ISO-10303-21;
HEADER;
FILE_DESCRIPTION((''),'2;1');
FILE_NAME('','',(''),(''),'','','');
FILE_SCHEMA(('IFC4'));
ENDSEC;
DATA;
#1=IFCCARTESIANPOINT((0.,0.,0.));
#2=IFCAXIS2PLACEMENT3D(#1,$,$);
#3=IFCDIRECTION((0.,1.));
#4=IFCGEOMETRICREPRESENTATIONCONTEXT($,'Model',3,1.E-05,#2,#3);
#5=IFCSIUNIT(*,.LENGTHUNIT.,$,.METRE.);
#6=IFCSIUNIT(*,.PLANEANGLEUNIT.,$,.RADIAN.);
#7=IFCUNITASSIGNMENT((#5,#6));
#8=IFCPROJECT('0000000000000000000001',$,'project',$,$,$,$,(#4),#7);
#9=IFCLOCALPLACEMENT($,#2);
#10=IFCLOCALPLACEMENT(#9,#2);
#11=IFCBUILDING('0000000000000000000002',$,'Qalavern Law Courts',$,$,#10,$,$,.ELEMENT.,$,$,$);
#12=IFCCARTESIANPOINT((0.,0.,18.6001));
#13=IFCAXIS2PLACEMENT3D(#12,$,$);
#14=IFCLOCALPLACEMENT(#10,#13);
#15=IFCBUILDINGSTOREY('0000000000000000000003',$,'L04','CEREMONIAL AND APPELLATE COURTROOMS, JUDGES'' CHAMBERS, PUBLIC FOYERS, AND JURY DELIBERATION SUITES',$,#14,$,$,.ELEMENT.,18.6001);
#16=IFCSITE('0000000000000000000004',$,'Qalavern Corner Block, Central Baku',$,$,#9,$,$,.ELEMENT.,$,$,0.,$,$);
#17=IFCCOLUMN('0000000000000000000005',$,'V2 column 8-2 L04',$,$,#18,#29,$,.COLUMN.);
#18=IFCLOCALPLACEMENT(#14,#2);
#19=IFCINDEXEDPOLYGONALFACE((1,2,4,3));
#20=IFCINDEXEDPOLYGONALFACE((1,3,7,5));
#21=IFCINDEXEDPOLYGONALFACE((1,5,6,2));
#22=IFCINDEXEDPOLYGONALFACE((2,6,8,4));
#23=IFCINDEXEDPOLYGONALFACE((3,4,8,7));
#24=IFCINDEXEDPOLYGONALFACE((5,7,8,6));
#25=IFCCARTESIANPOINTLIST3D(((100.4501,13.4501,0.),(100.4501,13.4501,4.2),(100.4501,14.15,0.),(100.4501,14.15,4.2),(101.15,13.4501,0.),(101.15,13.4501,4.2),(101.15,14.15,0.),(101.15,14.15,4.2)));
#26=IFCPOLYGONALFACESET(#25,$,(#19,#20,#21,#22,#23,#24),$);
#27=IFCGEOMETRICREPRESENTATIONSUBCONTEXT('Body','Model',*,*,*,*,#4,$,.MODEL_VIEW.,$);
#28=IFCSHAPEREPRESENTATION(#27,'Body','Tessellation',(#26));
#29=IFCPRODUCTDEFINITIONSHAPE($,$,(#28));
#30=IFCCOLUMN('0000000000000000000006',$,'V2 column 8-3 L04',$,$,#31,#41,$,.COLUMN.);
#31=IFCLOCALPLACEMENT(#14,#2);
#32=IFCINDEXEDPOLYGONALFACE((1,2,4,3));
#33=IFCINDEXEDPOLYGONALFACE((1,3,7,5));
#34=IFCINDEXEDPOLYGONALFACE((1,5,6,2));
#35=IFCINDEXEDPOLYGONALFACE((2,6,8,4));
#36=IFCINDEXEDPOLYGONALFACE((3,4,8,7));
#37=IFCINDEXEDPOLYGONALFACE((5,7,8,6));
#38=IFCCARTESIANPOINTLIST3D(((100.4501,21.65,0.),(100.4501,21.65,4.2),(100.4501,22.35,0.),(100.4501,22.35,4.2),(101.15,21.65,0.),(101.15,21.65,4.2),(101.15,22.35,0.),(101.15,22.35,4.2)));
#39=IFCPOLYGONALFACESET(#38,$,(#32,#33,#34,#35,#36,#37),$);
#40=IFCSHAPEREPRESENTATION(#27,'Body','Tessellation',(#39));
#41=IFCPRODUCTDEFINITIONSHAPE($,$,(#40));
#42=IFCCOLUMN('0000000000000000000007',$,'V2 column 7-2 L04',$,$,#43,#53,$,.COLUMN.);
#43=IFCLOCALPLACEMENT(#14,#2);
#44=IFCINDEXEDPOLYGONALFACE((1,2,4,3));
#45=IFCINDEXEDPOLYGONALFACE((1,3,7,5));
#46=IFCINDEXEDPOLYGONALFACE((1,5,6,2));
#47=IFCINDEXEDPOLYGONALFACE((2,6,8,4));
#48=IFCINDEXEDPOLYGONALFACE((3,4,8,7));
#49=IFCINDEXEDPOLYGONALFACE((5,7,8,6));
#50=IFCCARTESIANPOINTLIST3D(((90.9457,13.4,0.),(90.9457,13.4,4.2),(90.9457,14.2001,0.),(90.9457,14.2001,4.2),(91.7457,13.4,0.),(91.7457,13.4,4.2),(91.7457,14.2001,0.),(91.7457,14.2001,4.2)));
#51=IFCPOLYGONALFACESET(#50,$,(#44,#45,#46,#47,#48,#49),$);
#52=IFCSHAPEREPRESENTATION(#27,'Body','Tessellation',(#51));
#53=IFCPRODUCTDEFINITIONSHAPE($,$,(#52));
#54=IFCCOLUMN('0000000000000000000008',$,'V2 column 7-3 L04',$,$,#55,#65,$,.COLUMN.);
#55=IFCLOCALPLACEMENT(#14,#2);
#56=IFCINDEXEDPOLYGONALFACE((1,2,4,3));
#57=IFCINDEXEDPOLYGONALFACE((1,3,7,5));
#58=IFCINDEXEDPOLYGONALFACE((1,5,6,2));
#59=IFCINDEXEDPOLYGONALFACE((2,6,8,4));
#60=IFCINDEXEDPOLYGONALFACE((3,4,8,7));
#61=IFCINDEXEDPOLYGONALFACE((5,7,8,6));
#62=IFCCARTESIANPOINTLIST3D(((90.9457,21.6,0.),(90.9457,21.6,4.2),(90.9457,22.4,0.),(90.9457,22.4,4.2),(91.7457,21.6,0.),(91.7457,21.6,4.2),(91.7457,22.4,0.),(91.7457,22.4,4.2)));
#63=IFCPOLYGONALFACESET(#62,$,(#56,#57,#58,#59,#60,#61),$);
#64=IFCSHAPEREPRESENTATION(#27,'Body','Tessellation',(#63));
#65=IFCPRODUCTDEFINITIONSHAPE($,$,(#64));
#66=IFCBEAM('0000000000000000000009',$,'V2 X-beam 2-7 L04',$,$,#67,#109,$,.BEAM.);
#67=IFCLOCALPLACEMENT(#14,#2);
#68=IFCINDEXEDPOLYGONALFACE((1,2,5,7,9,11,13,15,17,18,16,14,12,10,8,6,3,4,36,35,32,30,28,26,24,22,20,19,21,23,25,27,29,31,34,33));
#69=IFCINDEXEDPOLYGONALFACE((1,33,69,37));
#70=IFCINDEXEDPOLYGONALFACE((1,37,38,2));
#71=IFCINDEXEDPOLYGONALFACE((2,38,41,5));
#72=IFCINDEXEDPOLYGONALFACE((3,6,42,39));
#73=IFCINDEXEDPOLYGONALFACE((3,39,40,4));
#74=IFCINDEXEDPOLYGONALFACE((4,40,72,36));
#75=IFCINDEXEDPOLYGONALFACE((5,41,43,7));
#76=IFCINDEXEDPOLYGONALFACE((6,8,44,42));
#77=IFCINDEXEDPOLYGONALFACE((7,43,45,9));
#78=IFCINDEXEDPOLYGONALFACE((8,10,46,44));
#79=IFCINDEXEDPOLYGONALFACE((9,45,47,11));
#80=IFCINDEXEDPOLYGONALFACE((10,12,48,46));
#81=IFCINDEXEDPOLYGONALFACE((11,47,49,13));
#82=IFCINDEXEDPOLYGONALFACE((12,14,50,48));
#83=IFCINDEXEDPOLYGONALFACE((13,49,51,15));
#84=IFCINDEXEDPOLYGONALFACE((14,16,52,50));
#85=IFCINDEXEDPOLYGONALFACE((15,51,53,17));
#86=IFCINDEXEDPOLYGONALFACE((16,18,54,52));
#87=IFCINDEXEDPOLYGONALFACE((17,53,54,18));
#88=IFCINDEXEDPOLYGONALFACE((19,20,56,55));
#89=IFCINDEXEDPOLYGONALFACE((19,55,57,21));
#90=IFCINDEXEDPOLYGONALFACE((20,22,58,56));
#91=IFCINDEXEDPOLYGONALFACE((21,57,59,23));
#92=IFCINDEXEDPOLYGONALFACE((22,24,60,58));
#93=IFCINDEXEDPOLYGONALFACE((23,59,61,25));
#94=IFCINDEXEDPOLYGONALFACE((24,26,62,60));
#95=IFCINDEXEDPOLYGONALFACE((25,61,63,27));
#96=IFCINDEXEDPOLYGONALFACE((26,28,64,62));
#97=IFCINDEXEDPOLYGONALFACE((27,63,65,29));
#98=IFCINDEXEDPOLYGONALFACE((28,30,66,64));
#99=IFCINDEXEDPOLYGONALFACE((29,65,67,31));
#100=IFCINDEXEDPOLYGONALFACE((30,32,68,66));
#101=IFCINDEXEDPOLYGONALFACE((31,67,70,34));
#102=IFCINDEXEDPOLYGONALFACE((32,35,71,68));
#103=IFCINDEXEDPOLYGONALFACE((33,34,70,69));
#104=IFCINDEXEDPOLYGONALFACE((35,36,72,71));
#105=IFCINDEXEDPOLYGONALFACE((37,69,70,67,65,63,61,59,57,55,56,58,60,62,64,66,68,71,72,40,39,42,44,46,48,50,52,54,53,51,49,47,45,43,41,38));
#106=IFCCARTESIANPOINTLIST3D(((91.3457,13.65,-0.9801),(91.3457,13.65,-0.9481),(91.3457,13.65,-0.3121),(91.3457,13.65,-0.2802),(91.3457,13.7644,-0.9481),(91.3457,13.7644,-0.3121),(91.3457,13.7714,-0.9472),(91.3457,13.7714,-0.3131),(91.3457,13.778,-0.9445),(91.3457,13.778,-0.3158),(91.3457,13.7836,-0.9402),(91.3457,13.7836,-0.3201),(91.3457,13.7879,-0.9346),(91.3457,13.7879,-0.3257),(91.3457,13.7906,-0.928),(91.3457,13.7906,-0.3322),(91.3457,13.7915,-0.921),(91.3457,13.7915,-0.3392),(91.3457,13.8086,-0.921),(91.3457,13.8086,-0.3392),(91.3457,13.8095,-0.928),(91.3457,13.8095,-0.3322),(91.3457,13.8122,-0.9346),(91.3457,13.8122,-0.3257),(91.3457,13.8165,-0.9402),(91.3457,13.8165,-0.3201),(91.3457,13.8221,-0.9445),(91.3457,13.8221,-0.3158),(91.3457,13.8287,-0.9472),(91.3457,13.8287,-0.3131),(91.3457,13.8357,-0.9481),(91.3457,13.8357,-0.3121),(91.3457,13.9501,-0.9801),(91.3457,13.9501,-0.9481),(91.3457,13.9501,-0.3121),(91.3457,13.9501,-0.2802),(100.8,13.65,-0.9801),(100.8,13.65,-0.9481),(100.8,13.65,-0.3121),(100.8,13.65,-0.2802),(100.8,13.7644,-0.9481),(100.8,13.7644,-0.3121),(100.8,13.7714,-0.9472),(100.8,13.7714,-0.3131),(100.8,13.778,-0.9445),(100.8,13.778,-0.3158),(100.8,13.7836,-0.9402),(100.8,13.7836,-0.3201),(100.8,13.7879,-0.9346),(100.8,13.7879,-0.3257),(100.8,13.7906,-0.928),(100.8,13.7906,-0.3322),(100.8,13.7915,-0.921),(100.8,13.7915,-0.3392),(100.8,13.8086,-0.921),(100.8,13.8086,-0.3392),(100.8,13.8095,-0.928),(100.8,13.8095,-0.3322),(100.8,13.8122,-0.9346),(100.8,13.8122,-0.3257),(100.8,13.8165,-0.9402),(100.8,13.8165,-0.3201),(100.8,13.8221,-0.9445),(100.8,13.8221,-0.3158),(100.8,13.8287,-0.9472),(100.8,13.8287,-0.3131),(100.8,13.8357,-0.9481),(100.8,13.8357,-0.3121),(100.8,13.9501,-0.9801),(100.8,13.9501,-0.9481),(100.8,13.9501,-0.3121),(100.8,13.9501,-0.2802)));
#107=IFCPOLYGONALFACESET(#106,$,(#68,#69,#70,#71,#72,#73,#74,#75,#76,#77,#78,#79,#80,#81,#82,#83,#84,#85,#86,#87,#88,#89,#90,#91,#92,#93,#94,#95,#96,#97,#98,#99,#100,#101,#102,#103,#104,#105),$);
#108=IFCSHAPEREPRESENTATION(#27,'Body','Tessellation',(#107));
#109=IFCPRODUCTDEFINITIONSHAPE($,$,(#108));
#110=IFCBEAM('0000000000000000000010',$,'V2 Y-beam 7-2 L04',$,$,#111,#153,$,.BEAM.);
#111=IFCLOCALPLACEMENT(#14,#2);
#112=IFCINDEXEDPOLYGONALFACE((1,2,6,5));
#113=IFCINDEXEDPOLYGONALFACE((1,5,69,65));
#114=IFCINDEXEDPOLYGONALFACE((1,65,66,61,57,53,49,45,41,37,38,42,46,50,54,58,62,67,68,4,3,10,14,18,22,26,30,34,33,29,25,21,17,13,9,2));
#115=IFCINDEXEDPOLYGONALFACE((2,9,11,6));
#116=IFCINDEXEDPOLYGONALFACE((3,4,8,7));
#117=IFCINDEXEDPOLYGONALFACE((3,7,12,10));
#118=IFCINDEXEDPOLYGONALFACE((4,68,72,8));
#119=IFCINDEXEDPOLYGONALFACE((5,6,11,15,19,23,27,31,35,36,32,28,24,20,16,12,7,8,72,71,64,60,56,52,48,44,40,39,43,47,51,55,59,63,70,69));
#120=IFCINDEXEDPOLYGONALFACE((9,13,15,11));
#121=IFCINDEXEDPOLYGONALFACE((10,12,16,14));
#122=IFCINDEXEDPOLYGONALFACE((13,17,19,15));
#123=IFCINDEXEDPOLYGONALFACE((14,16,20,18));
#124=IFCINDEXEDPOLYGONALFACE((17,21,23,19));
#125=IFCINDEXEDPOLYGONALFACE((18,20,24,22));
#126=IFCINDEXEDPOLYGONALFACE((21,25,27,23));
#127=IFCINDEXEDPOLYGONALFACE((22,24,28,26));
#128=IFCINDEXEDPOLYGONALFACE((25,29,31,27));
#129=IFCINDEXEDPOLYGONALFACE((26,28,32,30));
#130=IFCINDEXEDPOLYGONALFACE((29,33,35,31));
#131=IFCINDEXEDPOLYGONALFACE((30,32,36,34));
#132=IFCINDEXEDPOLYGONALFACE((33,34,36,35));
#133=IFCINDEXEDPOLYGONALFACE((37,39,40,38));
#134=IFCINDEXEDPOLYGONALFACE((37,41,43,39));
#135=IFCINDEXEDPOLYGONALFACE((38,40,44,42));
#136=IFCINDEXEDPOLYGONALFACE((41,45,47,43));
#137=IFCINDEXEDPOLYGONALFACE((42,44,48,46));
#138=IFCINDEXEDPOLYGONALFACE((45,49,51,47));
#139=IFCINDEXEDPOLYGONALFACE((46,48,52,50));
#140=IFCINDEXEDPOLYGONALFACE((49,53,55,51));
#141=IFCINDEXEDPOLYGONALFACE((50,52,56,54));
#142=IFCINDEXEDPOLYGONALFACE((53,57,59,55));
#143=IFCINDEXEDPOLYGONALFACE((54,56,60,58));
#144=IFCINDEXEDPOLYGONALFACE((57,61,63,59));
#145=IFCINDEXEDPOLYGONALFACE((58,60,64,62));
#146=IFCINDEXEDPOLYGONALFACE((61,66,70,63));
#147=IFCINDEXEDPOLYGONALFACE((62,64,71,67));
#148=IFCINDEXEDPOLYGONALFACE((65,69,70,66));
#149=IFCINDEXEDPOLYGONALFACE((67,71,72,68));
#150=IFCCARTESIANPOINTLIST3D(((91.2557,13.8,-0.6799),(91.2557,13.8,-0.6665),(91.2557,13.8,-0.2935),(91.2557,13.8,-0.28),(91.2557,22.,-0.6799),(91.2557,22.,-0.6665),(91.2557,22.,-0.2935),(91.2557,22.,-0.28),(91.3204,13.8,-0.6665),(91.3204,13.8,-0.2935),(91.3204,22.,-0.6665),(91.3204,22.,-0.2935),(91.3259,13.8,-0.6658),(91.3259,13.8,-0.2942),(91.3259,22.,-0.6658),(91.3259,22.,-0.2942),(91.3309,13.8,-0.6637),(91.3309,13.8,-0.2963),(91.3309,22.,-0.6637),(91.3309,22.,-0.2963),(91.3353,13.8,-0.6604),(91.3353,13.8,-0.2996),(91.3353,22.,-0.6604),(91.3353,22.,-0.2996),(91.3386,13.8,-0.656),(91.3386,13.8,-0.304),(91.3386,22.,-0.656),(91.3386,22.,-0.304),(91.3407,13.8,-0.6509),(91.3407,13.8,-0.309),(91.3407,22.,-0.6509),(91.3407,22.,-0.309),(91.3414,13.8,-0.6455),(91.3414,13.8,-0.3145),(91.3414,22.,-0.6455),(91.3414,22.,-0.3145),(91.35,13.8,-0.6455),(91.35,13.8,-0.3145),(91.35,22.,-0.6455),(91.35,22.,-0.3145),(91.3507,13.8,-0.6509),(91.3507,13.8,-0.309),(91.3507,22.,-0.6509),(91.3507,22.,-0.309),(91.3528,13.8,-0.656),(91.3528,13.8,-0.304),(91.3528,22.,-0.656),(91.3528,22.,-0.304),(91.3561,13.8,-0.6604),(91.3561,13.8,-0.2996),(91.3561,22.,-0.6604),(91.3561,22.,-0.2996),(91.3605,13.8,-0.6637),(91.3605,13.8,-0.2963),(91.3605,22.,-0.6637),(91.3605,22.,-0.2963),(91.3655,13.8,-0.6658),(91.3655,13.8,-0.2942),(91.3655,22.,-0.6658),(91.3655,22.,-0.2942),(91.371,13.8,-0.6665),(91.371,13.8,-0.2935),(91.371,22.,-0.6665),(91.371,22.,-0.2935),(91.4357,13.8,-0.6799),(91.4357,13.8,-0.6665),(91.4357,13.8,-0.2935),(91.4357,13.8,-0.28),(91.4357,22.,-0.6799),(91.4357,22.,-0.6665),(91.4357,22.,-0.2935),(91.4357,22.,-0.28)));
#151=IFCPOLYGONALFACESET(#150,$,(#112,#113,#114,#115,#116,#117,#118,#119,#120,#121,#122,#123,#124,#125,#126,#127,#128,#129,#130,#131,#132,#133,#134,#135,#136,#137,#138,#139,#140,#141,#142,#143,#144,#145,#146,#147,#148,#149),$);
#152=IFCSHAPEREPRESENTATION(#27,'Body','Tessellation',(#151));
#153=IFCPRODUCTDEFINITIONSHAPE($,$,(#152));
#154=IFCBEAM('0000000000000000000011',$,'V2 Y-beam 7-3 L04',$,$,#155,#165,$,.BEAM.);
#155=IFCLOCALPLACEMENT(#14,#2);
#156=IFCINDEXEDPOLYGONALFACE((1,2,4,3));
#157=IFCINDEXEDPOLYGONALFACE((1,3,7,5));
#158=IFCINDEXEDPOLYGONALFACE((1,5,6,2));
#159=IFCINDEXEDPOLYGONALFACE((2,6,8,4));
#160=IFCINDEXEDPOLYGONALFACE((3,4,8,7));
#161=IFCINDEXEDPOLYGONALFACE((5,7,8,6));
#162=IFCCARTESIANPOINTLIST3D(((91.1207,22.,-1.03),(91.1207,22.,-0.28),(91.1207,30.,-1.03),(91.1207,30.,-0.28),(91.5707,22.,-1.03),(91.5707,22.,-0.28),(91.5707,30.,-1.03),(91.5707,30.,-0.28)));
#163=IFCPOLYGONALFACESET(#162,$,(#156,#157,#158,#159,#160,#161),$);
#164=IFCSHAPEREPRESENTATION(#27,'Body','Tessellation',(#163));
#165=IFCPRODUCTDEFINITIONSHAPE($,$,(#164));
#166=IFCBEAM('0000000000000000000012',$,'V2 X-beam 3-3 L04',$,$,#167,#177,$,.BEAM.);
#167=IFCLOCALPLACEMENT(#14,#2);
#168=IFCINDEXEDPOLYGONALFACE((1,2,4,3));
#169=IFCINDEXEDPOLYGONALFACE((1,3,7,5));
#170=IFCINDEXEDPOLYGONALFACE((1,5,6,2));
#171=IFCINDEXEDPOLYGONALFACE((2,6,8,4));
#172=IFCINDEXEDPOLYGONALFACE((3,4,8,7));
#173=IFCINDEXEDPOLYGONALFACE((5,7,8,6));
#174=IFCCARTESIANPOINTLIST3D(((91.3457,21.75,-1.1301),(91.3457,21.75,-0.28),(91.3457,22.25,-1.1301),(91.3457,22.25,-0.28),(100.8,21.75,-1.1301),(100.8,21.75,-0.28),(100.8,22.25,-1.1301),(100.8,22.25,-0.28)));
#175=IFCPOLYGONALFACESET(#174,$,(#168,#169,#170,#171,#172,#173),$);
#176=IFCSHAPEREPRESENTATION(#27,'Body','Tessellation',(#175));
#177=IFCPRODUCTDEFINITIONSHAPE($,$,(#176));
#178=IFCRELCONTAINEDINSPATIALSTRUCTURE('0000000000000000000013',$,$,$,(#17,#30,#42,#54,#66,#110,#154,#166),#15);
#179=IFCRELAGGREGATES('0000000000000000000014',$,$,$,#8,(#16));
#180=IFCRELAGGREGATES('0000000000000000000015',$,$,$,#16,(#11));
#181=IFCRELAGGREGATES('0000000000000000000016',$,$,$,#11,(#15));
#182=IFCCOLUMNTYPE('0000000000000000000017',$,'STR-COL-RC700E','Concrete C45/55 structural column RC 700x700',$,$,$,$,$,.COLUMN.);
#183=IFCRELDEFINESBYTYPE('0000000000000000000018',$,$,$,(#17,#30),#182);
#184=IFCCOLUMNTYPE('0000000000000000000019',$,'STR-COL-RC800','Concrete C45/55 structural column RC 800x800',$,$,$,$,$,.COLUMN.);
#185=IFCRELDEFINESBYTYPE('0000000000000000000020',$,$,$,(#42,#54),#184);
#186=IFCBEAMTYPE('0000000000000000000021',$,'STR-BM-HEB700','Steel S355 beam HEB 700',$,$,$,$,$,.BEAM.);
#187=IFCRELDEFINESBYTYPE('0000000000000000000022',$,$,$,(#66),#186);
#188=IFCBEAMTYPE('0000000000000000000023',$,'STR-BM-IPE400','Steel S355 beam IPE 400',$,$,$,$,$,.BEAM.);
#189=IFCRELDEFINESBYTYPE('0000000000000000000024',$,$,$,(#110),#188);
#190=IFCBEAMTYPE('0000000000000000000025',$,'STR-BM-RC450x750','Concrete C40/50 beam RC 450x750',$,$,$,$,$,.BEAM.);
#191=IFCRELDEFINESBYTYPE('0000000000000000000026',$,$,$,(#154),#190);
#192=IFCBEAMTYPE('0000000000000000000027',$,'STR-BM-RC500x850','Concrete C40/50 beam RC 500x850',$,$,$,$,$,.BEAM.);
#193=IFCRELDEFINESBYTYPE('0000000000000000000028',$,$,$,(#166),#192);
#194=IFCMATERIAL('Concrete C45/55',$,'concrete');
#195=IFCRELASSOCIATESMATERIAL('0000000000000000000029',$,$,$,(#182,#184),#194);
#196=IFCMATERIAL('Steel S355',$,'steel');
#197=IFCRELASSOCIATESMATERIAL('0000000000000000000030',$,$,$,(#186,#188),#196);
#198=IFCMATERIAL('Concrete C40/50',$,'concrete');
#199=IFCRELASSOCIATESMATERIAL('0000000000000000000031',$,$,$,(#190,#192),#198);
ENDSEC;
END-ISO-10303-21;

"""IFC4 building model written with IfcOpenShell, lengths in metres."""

from ifc_helpers import new_model, si_unit, direction, frame, origin, origin_2d, place, context, subcontext, project, spatial, rectangle, i_section, extrude, material, material_profile, profile_set, type_object, element, save


model = new_model("IFC4")

# Units and contexts
model_context = context("Model", 3, precision=1e-05, world=origin(), true_north=direction((0.0, 1.0)))
body_context = subcontext(model_context, "Body", "Model", "MODEL_VIEW")
ifc_project = project(units=[si_unit("LENGTHUNIT", "METRE"), si_unit("PLANEANGLEUNIT", "RADIAN")], contexts=[model_context])

# Site, building, storey
site_placement = place(None, origin())
site = spatial("IfcSite", under=ifc_project, at=site_placement, Name="Qalavern Corner Block, Central Baku", CompositionType="ELEMENT", RefElevation=0.0)
building_placement = place(site_placement, origin())
building = spatial("IfcBuilding", under=site, at=building_placement, Name="Qalavern Law Courts", CompositionType="ELEMENT")
storey_placement = place(building_placement, frame((0.0, 0.0, 18.6001)))
storey = spatial("IfcBuildingStorey", under=building, at=storey_placement, Name="L04", Description="CEREMONIAL AND APPELLATE COURTROOMS, JUDGES' CHAMBERS, PUBLIC FOYERS, AND JURY DELIBERATION SUITES", CompositionType="ELEMENT", Elevation=18.6001)

# Columns
ifc_material_1 = material(Name="Concrete C45/55", Category="concrete")
ifc_material_profile_1 = material_profile(ifc_material_1, rectangle(XDim=0.7, YDim=0.7, at=origin_2d()), Name="RC 700x700")
ifc_profile_set_1 = profile_set([ifc_material_profile_1], Name="Concrete C45/55")
column_type_1 = type_object("IfcColumnType", Name="STR-COL-RC700E", Description="Concrete C45/55 structural column RC 700x700", PredefinedType="COLUMN", material=ifc_profile_set_1)
for number, where, z_axis, x_axis, name in (
    (1, (100.8, 13.8, 0.0), (0.0, 0.0, 1.0), (1.0, 0.0, 0.0), "V2 column 8-2 L04"),
    (2, (100.8, 22.0, 0.0), (0.0, 0.0, 1.0), (1.0, 0.0, 0.0), "V2 column 8-3 L04"),
):
    element("IfcColumn", number, at=place(storey_placement, frame(where, z_axis=z_axis, x_axis=x_axis)), inside=storey, type_object=column_type_1, Name=name, PredefinedType="COLUMN", context=body_context, shape_type="SweptSolid", body=[
        extrude(rectangle(XDim=0.7, YDim=0.7, at=origin_2d()), origin(), (0.0, 0.0, 1.0), 4.2),
    ])
ifc_material_profile_2 = material_profile(ifc_material_1, rectangle(XDim=0.8, YDim=0.8, at=origin_2d()), Name="RC 800x800")
ifc_profile_set_2 = profile_set([ifc_material_profile_2], Name="Concrete C45/55")
column_type_2 = type_object("IfcColumnType", Name="STR-COL-RC800", Description="Concrete C45/55 structural column RC 800x800", PredefinedType="COLUMN", material=ifc_profile_set_2)
for number, where, z_axis, x_axis, name in (
    (3, (91.3457, 13.8, 0.0), (0.0, 0.0, 1.0), (1.0, 0.0, 0.0), "V2 column 7-2 L04"),
    (4, (91.3457, 22.0, 0.0), (0.0, 0.0, 1.0), (1.0, 0.0, 0.0), "V2 column 7-3 L04"),
):
    element("IfcColumn", number, at=place(storey_placement, frame(where, z_axis=z_axis, x_axis=x_axis)), inside=storey, type_object=column_type_2, Name=name, PredefinedType="COLUMN", context=body_context, shape_type="SweptSolid", body=[
        extrude(rectangle(XDim=0.8, YDim=0.8, at=origin_2d()), origin(), (0.0, 0.0, 1.0), 4.2),
    ])

# Beams
ifc_material_2 = material(Name="Steel S355", Category="steel")
ifc_material_profile_3 = material_profile(ifc_material_2, i_section(OverallWidth=0.3, OverallDepth=0.7, WebThickness=0.0171, FlangeThickness=0.032, FilletRadius=0.0271, at=origin_2d()), Name="HEB 700")
ifc_profile_set_3 = profile_set([ifc_material_profile_3], Name="Steel S355")
beam_type_1 = type_object("IfcBeamType", Name="STR-BM-HEB700", Description="Steel S355 beam HEB 700", PredefinedType="BEAM", material=ifc_profile_set_3)
beam_1_placement = place(storey_placement, frame((91.3457, 13.8, -0.6301), z_axis=(1.0, 0.0, 0.0), x_axis=(0.0, 1.0, 0.0)))
element("IfcBeam", 5, at=beam_1_placement, inside=storey, type_object=beam_type_1, Name="V2 X-beam 2-7 L04", PredefinedType="BEAM", context=body_context, shape_type="SweptSolid", body=[
    extrude(i_section(OverallWidth=0.3, OverallDepth=0.7, WebThickness=0.0171, FlangeThickness=0.032, FilletRadius=0.0271, at=origin_2d()), origin(), (0.0, 0.0, 1.0), 9.4543),
])
ifc_material_profile_4 = material_profile(ifc_material_2, i_section(OverallWidth=0.1799, OverallDepth=0.3999, WebThickness=0.0085, FlangeThickness=0.0134, FilletRadius=0.021, at=origin_2d()), Name="IPE 400")
ifc_profile_set_4 = profile_set([ifc_material_profile_4], Name="Steel S355")
beam_type_2 = type_object("IfcBeamType", Name="STR-BM-IPE400", Description="Steel S355 beam IPE 400", PredefinedType="BEAM", material=ifc_profile_set_4)
beam_2_placement = place(storey_placement, frame((91.3457, 13.8, -0.48), z_axis=(0.0, 1.0, 0.0), x_axis=(-1.0, 0.0, 0.0)))
element("IfcBeam", 6, at=beam_2_placement, inside=storey, type_object=beam_type_2, Name="V2 Y-beam 7-2 L04", PredefinedType="BEAM", context=body_context, shape_type="SweptSolid", body=[
    extrude(i_section(OverallWidth=0.1799, OverallDepth=0.3999, WebThickness=0.0085, FlangeThickness=0.0134, FilletRadius=0.021, at=origin_2d()), origin(), (0.0, 0.0, 1.0), 8.2),
])
ifc_material_3 = material(Name="Concrete C40/50", Category="concrete")
ifc_material_profile_5 = material_profile(ifc_material_3, rectangle(XDim=0.45, YDim=0.75, at=origin_2d()), Name="RC 450x750")
ifc_profile_set_5 = profile_set([ifc_material_profile_5], Name="Concrete C40/50")
beam_type_3 = type_object("IfcBeamType", Name="STR-BM-RC450x750", Description="Concrete C40/50 beam RC 450x750", PredefinedType="BEAM", material=ifc_profile_set_5)
beam_3_placement = place(storey_placement, frame((91.3457, 22.0, -0.655), z_axis=(0.0, 1.0, 0.0), x_axis=(-1.0, 0.0, 0.0)))
element("IfcBeam", 7, at=beam_3_placement, inside=storey, type_object=beam_type_3, Name="V2 Y-beam 7-3 L04", PredefinedType="BEAM", context=body_context, shape_type="SweptSolid", body=[
    extrude(rectangle(XDim=0.45, YDim=0.75, at=origin_2d()), origin(), (0.0, 0.0, 1.0), 8.0),
])
ifc_material_profile_6 = material_profile(ifc_material_3, rectangle(XDim=0.5, YDim=0.8501, at=origin_2d()), Name="RC 500x850")
ifc_profile_set_6 = profile_set([ifc_material_profile_6], Name="Concrete C40/50")
beam_type_4 = type_object("IfcBeamType", Name="STR-BM-RC500x850", Description="Concrete C40/50 beam RC 500x850", PredefinedType="BEAM", material=ifc_profile_set_6)
beam_4_placement = place(storey_placement, frame((91.3457, 22.0, -0.7051), z_axis=(1.0, 0.0, 0.0), x_axis=(0.0, 1.0, 0.0)))
element("IfcBeam", 8, at=beam_4_placement, inside=storey, type_object=beam_type_4, Name="V2 X-beam 3-3 L04", PredefinedType="BEAM", context=body_context, shape_type="SweptSolid", body=[
    extrude(rectangle(XDim=0.5, YDim=0.8501, at=origin_2d()), origin(), (0.0, 0.0, 1.0), 9.4543),
])

save(model, "model.ifc")
